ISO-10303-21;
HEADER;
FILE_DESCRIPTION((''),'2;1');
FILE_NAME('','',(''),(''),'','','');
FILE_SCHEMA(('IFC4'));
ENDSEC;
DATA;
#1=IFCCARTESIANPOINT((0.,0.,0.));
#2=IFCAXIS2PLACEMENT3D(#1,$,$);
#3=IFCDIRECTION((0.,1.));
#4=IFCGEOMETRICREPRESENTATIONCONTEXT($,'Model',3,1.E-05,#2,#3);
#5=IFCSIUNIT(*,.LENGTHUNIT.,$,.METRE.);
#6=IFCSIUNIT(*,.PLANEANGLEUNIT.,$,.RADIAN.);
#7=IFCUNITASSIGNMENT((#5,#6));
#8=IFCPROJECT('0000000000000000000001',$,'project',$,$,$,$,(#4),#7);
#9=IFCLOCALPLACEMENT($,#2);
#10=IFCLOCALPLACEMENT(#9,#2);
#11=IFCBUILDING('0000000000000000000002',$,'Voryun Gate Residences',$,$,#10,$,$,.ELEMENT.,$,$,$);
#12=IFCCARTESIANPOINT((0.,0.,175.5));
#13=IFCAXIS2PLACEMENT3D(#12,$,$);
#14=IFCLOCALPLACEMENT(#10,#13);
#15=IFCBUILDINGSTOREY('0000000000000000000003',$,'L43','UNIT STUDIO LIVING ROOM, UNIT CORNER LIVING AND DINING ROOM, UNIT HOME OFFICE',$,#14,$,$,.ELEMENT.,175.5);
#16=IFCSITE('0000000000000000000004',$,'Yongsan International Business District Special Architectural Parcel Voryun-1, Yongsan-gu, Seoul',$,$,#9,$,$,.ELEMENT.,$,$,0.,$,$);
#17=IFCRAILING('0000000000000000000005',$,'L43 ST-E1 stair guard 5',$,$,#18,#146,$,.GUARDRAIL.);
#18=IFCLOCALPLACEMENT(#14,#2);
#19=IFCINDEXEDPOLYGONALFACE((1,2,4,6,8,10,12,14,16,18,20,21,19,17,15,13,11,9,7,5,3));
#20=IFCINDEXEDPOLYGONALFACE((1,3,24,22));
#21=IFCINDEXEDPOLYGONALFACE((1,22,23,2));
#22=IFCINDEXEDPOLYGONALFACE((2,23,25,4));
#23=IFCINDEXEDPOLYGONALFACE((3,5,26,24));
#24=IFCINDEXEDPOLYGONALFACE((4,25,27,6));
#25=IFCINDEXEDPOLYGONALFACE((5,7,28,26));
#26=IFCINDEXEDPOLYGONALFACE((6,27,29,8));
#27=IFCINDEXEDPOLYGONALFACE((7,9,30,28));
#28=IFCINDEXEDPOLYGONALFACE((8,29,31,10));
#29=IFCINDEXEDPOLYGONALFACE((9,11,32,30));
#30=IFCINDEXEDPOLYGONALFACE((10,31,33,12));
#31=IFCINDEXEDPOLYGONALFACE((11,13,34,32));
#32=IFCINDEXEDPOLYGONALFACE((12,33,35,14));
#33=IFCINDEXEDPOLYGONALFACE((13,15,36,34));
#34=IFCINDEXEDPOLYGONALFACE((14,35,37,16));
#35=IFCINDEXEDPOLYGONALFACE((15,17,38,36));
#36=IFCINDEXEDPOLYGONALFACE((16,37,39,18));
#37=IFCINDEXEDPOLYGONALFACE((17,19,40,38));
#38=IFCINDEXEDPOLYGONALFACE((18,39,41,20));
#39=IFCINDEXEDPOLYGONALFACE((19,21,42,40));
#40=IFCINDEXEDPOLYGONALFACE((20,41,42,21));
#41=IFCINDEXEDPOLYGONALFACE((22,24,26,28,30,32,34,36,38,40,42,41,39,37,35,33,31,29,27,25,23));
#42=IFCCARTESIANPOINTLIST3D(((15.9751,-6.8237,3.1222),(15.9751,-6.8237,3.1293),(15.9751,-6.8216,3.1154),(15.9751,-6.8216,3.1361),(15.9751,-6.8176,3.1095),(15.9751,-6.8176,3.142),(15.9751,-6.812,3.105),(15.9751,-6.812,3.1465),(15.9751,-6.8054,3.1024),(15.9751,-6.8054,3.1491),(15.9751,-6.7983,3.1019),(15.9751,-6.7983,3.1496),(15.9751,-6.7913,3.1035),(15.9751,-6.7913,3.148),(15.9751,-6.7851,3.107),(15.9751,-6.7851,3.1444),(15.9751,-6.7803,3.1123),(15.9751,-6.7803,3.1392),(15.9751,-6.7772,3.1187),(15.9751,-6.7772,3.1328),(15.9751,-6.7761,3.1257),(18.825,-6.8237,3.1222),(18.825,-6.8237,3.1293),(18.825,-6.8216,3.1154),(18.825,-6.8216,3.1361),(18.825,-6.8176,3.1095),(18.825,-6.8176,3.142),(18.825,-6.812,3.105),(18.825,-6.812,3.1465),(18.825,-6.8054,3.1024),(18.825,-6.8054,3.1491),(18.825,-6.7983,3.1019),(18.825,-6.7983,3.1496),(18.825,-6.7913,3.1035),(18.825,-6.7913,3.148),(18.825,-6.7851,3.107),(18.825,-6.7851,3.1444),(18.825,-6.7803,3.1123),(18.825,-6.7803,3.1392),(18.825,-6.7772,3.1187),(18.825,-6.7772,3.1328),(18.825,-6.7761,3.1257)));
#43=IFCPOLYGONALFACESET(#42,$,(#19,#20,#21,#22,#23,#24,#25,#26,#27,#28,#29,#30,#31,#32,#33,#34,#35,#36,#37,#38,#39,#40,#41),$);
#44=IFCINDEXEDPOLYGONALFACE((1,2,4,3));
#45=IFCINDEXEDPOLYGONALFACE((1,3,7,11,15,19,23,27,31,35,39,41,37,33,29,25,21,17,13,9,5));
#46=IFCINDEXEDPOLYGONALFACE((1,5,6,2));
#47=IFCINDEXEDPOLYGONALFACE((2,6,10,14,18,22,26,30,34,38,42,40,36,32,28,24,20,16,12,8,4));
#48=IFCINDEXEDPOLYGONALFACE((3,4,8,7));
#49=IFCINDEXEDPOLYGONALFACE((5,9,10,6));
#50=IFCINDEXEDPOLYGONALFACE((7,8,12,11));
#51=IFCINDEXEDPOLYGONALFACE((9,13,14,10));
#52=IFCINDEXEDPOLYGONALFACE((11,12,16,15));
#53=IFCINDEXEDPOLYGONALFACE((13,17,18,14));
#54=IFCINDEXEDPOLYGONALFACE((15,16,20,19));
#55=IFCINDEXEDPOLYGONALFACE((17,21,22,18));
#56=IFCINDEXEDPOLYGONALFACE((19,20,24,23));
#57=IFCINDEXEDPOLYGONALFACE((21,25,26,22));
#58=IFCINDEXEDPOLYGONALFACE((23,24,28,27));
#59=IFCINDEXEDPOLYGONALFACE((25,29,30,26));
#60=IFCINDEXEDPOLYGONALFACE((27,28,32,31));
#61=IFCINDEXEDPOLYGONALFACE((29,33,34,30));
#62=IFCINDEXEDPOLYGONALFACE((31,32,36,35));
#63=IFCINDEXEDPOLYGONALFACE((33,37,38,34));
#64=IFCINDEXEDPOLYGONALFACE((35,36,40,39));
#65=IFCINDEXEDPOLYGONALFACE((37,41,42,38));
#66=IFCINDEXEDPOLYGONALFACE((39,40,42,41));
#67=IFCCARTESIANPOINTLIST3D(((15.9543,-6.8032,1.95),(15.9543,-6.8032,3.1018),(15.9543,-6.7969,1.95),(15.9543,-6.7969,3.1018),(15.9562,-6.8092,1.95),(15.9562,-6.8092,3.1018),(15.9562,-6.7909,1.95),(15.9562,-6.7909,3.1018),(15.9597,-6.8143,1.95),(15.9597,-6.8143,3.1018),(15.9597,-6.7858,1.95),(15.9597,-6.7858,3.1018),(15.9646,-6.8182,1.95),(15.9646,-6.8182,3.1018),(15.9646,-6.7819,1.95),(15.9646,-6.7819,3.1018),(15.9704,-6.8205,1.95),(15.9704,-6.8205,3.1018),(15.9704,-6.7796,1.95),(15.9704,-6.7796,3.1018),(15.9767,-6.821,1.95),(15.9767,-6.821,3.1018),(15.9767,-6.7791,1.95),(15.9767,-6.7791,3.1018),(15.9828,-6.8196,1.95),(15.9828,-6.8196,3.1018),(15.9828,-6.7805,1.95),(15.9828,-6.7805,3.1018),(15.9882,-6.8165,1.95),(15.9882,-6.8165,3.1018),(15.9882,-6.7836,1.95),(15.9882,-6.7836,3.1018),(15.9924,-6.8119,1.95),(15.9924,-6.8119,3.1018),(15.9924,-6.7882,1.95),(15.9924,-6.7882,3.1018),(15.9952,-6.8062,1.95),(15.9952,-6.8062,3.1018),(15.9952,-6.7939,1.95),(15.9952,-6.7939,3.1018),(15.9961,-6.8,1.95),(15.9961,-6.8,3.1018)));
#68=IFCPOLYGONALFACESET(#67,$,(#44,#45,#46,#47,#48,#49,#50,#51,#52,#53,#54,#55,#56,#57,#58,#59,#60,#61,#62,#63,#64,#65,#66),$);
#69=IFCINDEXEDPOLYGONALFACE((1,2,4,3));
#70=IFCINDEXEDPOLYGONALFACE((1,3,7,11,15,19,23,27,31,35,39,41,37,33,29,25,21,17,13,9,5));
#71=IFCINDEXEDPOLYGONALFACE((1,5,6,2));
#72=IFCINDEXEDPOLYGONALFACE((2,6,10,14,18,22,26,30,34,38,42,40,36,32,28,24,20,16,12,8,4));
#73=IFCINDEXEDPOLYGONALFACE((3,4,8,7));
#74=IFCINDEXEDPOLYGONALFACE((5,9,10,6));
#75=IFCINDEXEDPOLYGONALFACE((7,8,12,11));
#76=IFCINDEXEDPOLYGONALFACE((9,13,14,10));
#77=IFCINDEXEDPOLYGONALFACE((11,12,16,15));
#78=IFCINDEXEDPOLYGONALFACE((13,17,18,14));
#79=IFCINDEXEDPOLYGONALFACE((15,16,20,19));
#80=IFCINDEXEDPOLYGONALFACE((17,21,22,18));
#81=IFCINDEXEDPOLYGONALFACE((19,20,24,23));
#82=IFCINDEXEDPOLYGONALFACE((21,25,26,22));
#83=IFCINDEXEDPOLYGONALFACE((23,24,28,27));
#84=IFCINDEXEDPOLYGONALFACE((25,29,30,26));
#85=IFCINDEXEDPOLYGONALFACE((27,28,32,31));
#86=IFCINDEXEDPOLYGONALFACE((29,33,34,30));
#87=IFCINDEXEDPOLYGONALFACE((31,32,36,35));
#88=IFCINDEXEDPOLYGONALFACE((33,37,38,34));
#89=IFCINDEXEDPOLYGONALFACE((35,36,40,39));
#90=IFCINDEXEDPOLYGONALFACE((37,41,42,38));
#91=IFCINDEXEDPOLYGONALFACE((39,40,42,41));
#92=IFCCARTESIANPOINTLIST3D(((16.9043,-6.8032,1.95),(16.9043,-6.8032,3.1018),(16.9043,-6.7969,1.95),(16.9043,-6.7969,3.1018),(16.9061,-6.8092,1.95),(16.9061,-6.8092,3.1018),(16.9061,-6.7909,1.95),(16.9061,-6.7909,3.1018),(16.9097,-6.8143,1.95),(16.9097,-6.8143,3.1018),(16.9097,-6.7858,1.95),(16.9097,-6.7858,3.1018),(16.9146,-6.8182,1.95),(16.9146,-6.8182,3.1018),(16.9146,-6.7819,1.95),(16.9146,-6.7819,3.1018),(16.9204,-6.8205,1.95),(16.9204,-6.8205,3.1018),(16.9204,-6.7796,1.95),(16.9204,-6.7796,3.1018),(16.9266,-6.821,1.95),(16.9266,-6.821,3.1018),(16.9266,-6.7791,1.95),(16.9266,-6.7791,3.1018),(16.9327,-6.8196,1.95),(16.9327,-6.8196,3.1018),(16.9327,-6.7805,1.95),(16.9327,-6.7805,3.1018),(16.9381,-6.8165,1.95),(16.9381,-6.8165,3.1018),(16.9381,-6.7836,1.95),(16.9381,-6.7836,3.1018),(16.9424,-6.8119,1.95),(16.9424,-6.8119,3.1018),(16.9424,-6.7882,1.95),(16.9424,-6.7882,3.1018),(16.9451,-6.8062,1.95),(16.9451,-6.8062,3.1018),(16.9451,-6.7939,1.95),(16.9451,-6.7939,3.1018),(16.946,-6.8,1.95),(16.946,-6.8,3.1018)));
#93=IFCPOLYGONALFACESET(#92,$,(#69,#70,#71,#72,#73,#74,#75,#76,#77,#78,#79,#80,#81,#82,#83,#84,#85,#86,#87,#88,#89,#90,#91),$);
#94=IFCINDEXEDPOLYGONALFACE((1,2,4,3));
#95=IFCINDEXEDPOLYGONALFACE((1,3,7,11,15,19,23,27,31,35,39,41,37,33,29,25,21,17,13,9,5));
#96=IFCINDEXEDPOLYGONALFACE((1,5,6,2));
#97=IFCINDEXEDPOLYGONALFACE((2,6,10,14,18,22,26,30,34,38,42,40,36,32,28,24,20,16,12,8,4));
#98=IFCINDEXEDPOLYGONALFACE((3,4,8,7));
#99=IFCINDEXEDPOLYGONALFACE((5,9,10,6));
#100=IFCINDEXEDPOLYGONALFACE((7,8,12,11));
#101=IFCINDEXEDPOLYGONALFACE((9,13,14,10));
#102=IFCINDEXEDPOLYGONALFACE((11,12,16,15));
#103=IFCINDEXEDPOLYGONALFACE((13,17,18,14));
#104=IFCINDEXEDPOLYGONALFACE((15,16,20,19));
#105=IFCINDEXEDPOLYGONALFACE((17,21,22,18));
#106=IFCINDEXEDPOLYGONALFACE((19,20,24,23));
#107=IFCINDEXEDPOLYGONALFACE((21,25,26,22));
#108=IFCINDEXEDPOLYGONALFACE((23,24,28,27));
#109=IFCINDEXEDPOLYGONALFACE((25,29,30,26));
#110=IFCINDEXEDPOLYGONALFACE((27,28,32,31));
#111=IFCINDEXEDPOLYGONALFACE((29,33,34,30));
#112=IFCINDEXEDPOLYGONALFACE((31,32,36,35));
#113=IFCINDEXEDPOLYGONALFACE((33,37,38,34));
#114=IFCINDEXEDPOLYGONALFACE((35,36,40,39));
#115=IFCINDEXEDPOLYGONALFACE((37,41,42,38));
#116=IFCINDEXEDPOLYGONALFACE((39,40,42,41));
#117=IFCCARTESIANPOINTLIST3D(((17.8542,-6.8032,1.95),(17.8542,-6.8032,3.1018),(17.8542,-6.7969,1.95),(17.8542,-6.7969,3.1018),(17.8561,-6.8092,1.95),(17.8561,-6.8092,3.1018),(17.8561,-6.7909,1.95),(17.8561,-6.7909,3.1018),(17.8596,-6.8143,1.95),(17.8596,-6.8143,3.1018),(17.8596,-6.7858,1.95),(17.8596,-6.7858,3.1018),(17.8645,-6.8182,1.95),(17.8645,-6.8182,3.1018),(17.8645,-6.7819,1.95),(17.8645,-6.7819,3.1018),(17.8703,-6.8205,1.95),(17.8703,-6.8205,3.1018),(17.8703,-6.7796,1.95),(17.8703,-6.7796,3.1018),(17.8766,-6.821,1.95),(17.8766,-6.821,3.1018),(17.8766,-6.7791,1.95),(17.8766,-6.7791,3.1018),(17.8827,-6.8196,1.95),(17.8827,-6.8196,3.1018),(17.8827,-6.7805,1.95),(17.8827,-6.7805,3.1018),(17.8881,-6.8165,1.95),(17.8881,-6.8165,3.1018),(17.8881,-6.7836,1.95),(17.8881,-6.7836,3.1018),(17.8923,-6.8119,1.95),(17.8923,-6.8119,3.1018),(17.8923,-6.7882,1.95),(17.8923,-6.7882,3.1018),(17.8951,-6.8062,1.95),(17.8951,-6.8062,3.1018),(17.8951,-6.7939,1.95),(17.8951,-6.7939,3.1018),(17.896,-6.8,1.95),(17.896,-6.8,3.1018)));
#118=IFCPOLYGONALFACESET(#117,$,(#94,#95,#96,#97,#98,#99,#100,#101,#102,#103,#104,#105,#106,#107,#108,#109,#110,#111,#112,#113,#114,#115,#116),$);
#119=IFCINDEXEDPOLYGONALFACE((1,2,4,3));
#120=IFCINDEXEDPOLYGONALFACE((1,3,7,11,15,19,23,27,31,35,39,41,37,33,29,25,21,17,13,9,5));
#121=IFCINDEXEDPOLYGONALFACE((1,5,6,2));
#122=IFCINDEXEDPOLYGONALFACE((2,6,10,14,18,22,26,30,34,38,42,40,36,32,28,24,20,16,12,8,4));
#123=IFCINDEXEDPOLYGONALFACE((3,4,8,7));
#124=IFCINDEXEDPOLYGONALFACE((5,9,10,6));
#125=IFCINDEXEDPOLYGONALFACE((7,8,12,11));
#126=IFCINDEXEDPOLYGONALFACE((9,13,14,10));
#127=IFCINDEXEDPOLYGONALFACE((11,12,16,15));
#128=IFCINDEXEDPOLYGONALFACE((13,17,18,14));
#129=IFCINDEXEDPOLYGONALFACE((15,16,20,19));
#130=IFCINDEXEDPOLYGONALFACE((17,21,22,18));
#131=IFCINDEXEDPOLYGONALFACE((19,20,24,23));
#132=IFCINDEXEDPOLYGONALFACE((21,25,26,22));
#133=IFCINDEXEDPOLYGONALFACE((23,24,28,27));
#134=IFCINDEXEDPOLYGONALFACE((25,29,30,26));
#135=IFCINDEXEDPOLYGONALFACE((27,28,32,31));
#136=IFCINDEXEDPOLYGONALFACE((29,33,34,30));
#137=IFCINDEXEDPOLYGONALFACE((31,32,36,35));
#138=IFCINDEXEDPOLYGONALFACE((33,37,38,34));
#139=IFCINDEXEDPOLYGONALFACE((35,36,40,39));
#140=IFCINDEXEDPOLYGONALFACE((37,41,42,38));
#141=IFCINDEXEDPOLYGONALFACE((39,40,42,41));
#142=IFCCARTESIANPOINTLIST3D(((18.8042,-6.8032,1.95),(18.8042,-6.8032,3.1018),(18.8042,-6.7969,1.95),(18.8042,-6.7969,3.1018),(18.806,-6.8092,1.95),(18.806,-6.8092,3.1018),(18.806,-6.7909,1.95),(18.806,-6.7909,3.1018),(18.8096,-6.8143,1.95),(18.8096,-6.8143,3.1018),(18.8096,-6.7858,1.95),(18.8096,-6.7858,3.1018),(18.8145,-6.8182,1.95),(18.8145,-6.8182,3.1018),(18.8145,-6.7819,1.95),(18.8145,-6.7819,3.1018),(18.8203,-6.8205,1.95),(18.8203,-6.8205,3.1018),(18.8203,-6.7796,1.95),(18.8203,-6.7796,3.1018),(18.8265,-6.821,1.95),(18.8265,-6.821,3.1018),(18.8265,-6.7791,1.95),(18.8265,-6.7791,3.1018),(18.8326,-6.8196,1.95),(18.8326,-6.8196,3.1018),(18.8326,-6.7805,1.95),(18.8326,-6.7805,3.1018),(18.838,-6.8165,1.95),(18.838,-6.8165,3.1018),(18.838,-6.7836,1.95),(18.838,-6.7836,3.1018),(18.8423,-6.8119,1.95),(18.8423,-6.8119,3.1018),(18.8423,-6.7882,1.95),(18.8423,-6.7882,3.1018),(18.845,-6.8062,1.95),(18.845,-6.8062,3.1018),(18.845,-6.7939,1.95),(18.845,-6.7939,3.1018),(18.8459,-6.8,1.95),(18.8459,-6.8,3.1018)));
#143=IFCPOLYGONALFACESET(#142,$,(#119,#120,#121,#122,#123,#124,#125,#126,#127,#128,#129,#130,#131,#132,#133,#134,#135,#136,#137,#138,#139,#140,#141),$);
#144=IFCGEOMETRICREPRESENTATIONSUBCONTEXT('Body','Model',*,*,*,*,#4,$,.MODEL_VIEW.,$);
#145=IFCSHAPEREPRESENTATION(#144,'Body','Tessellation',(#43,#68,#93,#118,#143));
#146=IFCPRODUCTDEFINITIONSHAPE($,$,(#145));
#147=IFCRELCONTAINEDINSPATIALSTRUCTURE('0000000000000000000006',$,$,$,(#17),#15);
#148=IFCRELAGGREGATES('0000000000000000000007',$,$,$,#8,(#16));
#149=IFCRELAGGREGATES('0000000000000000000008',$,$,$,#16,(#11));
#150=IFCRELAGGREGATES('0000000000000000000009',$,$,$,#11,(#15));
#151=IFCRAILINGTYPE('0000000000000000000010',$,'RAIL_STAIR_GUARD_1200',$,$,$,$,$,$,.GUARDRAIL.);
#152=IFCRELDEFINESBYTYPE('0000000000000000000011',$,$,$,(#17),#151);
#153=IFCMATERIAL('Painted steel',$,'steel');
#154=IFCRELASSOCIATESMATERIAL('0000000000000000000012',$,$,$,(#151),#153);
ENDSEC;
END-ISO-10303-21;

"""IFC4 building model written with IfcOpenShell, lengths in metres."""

from ifc_helpers import new_model, si_unit, direction, frame, origin, origin_2d, place, context, subcontext, project, spatial, circle, extrude, material, type_object, element, save


model = new_model("IFC4")

# Units and contexts
model_context = context("Model", 3, precision=1e-05, world=origin(), true_north=direction((0.0, 1.0)))
body_context = subcontext(model_context, "Body", "Model", "MODEL_VIEW")
ifc_project = project(units=[si_unit("LENGTHUNIT", "METRE"), si_unit("PLANEANGLEUNIT", "RADIAN")], contexts=[model_context])

# Site, building, storey
site_placement = place(None, origin())
site = spatial("IfcSite", under=ifc_project, at=site_placement, Name="Yongsan International Business District Special Architectural Parcel Voryun-1, Yongsan-gu, Seoul", CompositionType="ELEMENT", RefElevation=0.0)
building_placement = place(site_placement, origin())
building = spatial("IfcBuilding", under=site, at=building_placement, Name="Voryun Gate Residences", CompositionType="ELEMENT")
storey_placement = place(building_placement, frame((0.0, 0.0, 175.5)))
storey = spatial("IfcBuildingStorey", under=building, at=storey_placement, Name="L43", Description="UNIT STUDIO LIVING ROOM, UNIT CORNER LIVING AND DINING ROOM, UNIT HOME OFFICE", CompositionType="ELEMENT", Elevation=175.5)

# Railing
ifc_material_1 = material(Name="Painted steel", Category="steel")
railing_type_1 = type_object("IfcRailingType", Name="RAIL_STAIR_GUARD_1200", PredefinedType="GUARDRAIL", material=ifc_material_1)
railing_1_placement = place(storey_placement, frame((15.9751, -6.8, 1.95)))
element("IfcRailing", 1, at=railing_1_placement, inside=storey, type_object=railing_type_1, Name="L43 ST-E1 stair guard 5", PredefinedType="GUARDRAIL", context=body_context, shape_type="SweptSolid", body=[
    extrude(circle(Radius=0.0239, at=origin_2d()), frame((0.0, 0.0, 1.1758), z_axis=(1.0, 0.0, 0.0), x_axis=(0.0, 1.0, 0.0)), (0.0, 0.0, 1.0), 2.8499),
    extrude(circle(Radius=0.021, at=origin_2d()), origin(), (0.0, 0.0, 1.0), 1.1519),
    extrude(circle(Radius=0.021, at=origin_2d()), frame((0.95, 0.0, 0.0)), (0.0, 0.0, 1.0), 1.1519),
    extrude(circle(Radius=0.021, at=origin_2d()), frame((1.8999, 0.0, 0.0)), (0.0, 0.0, 1.0), 1.1519),
    extrude(circle(Radius=0.021, at=origin_2d()), frame((2.8499, 0.0, 0.0)), (0.0, 0.0, 1.0), 1.1519),
])

save(model, "model.ifc")
